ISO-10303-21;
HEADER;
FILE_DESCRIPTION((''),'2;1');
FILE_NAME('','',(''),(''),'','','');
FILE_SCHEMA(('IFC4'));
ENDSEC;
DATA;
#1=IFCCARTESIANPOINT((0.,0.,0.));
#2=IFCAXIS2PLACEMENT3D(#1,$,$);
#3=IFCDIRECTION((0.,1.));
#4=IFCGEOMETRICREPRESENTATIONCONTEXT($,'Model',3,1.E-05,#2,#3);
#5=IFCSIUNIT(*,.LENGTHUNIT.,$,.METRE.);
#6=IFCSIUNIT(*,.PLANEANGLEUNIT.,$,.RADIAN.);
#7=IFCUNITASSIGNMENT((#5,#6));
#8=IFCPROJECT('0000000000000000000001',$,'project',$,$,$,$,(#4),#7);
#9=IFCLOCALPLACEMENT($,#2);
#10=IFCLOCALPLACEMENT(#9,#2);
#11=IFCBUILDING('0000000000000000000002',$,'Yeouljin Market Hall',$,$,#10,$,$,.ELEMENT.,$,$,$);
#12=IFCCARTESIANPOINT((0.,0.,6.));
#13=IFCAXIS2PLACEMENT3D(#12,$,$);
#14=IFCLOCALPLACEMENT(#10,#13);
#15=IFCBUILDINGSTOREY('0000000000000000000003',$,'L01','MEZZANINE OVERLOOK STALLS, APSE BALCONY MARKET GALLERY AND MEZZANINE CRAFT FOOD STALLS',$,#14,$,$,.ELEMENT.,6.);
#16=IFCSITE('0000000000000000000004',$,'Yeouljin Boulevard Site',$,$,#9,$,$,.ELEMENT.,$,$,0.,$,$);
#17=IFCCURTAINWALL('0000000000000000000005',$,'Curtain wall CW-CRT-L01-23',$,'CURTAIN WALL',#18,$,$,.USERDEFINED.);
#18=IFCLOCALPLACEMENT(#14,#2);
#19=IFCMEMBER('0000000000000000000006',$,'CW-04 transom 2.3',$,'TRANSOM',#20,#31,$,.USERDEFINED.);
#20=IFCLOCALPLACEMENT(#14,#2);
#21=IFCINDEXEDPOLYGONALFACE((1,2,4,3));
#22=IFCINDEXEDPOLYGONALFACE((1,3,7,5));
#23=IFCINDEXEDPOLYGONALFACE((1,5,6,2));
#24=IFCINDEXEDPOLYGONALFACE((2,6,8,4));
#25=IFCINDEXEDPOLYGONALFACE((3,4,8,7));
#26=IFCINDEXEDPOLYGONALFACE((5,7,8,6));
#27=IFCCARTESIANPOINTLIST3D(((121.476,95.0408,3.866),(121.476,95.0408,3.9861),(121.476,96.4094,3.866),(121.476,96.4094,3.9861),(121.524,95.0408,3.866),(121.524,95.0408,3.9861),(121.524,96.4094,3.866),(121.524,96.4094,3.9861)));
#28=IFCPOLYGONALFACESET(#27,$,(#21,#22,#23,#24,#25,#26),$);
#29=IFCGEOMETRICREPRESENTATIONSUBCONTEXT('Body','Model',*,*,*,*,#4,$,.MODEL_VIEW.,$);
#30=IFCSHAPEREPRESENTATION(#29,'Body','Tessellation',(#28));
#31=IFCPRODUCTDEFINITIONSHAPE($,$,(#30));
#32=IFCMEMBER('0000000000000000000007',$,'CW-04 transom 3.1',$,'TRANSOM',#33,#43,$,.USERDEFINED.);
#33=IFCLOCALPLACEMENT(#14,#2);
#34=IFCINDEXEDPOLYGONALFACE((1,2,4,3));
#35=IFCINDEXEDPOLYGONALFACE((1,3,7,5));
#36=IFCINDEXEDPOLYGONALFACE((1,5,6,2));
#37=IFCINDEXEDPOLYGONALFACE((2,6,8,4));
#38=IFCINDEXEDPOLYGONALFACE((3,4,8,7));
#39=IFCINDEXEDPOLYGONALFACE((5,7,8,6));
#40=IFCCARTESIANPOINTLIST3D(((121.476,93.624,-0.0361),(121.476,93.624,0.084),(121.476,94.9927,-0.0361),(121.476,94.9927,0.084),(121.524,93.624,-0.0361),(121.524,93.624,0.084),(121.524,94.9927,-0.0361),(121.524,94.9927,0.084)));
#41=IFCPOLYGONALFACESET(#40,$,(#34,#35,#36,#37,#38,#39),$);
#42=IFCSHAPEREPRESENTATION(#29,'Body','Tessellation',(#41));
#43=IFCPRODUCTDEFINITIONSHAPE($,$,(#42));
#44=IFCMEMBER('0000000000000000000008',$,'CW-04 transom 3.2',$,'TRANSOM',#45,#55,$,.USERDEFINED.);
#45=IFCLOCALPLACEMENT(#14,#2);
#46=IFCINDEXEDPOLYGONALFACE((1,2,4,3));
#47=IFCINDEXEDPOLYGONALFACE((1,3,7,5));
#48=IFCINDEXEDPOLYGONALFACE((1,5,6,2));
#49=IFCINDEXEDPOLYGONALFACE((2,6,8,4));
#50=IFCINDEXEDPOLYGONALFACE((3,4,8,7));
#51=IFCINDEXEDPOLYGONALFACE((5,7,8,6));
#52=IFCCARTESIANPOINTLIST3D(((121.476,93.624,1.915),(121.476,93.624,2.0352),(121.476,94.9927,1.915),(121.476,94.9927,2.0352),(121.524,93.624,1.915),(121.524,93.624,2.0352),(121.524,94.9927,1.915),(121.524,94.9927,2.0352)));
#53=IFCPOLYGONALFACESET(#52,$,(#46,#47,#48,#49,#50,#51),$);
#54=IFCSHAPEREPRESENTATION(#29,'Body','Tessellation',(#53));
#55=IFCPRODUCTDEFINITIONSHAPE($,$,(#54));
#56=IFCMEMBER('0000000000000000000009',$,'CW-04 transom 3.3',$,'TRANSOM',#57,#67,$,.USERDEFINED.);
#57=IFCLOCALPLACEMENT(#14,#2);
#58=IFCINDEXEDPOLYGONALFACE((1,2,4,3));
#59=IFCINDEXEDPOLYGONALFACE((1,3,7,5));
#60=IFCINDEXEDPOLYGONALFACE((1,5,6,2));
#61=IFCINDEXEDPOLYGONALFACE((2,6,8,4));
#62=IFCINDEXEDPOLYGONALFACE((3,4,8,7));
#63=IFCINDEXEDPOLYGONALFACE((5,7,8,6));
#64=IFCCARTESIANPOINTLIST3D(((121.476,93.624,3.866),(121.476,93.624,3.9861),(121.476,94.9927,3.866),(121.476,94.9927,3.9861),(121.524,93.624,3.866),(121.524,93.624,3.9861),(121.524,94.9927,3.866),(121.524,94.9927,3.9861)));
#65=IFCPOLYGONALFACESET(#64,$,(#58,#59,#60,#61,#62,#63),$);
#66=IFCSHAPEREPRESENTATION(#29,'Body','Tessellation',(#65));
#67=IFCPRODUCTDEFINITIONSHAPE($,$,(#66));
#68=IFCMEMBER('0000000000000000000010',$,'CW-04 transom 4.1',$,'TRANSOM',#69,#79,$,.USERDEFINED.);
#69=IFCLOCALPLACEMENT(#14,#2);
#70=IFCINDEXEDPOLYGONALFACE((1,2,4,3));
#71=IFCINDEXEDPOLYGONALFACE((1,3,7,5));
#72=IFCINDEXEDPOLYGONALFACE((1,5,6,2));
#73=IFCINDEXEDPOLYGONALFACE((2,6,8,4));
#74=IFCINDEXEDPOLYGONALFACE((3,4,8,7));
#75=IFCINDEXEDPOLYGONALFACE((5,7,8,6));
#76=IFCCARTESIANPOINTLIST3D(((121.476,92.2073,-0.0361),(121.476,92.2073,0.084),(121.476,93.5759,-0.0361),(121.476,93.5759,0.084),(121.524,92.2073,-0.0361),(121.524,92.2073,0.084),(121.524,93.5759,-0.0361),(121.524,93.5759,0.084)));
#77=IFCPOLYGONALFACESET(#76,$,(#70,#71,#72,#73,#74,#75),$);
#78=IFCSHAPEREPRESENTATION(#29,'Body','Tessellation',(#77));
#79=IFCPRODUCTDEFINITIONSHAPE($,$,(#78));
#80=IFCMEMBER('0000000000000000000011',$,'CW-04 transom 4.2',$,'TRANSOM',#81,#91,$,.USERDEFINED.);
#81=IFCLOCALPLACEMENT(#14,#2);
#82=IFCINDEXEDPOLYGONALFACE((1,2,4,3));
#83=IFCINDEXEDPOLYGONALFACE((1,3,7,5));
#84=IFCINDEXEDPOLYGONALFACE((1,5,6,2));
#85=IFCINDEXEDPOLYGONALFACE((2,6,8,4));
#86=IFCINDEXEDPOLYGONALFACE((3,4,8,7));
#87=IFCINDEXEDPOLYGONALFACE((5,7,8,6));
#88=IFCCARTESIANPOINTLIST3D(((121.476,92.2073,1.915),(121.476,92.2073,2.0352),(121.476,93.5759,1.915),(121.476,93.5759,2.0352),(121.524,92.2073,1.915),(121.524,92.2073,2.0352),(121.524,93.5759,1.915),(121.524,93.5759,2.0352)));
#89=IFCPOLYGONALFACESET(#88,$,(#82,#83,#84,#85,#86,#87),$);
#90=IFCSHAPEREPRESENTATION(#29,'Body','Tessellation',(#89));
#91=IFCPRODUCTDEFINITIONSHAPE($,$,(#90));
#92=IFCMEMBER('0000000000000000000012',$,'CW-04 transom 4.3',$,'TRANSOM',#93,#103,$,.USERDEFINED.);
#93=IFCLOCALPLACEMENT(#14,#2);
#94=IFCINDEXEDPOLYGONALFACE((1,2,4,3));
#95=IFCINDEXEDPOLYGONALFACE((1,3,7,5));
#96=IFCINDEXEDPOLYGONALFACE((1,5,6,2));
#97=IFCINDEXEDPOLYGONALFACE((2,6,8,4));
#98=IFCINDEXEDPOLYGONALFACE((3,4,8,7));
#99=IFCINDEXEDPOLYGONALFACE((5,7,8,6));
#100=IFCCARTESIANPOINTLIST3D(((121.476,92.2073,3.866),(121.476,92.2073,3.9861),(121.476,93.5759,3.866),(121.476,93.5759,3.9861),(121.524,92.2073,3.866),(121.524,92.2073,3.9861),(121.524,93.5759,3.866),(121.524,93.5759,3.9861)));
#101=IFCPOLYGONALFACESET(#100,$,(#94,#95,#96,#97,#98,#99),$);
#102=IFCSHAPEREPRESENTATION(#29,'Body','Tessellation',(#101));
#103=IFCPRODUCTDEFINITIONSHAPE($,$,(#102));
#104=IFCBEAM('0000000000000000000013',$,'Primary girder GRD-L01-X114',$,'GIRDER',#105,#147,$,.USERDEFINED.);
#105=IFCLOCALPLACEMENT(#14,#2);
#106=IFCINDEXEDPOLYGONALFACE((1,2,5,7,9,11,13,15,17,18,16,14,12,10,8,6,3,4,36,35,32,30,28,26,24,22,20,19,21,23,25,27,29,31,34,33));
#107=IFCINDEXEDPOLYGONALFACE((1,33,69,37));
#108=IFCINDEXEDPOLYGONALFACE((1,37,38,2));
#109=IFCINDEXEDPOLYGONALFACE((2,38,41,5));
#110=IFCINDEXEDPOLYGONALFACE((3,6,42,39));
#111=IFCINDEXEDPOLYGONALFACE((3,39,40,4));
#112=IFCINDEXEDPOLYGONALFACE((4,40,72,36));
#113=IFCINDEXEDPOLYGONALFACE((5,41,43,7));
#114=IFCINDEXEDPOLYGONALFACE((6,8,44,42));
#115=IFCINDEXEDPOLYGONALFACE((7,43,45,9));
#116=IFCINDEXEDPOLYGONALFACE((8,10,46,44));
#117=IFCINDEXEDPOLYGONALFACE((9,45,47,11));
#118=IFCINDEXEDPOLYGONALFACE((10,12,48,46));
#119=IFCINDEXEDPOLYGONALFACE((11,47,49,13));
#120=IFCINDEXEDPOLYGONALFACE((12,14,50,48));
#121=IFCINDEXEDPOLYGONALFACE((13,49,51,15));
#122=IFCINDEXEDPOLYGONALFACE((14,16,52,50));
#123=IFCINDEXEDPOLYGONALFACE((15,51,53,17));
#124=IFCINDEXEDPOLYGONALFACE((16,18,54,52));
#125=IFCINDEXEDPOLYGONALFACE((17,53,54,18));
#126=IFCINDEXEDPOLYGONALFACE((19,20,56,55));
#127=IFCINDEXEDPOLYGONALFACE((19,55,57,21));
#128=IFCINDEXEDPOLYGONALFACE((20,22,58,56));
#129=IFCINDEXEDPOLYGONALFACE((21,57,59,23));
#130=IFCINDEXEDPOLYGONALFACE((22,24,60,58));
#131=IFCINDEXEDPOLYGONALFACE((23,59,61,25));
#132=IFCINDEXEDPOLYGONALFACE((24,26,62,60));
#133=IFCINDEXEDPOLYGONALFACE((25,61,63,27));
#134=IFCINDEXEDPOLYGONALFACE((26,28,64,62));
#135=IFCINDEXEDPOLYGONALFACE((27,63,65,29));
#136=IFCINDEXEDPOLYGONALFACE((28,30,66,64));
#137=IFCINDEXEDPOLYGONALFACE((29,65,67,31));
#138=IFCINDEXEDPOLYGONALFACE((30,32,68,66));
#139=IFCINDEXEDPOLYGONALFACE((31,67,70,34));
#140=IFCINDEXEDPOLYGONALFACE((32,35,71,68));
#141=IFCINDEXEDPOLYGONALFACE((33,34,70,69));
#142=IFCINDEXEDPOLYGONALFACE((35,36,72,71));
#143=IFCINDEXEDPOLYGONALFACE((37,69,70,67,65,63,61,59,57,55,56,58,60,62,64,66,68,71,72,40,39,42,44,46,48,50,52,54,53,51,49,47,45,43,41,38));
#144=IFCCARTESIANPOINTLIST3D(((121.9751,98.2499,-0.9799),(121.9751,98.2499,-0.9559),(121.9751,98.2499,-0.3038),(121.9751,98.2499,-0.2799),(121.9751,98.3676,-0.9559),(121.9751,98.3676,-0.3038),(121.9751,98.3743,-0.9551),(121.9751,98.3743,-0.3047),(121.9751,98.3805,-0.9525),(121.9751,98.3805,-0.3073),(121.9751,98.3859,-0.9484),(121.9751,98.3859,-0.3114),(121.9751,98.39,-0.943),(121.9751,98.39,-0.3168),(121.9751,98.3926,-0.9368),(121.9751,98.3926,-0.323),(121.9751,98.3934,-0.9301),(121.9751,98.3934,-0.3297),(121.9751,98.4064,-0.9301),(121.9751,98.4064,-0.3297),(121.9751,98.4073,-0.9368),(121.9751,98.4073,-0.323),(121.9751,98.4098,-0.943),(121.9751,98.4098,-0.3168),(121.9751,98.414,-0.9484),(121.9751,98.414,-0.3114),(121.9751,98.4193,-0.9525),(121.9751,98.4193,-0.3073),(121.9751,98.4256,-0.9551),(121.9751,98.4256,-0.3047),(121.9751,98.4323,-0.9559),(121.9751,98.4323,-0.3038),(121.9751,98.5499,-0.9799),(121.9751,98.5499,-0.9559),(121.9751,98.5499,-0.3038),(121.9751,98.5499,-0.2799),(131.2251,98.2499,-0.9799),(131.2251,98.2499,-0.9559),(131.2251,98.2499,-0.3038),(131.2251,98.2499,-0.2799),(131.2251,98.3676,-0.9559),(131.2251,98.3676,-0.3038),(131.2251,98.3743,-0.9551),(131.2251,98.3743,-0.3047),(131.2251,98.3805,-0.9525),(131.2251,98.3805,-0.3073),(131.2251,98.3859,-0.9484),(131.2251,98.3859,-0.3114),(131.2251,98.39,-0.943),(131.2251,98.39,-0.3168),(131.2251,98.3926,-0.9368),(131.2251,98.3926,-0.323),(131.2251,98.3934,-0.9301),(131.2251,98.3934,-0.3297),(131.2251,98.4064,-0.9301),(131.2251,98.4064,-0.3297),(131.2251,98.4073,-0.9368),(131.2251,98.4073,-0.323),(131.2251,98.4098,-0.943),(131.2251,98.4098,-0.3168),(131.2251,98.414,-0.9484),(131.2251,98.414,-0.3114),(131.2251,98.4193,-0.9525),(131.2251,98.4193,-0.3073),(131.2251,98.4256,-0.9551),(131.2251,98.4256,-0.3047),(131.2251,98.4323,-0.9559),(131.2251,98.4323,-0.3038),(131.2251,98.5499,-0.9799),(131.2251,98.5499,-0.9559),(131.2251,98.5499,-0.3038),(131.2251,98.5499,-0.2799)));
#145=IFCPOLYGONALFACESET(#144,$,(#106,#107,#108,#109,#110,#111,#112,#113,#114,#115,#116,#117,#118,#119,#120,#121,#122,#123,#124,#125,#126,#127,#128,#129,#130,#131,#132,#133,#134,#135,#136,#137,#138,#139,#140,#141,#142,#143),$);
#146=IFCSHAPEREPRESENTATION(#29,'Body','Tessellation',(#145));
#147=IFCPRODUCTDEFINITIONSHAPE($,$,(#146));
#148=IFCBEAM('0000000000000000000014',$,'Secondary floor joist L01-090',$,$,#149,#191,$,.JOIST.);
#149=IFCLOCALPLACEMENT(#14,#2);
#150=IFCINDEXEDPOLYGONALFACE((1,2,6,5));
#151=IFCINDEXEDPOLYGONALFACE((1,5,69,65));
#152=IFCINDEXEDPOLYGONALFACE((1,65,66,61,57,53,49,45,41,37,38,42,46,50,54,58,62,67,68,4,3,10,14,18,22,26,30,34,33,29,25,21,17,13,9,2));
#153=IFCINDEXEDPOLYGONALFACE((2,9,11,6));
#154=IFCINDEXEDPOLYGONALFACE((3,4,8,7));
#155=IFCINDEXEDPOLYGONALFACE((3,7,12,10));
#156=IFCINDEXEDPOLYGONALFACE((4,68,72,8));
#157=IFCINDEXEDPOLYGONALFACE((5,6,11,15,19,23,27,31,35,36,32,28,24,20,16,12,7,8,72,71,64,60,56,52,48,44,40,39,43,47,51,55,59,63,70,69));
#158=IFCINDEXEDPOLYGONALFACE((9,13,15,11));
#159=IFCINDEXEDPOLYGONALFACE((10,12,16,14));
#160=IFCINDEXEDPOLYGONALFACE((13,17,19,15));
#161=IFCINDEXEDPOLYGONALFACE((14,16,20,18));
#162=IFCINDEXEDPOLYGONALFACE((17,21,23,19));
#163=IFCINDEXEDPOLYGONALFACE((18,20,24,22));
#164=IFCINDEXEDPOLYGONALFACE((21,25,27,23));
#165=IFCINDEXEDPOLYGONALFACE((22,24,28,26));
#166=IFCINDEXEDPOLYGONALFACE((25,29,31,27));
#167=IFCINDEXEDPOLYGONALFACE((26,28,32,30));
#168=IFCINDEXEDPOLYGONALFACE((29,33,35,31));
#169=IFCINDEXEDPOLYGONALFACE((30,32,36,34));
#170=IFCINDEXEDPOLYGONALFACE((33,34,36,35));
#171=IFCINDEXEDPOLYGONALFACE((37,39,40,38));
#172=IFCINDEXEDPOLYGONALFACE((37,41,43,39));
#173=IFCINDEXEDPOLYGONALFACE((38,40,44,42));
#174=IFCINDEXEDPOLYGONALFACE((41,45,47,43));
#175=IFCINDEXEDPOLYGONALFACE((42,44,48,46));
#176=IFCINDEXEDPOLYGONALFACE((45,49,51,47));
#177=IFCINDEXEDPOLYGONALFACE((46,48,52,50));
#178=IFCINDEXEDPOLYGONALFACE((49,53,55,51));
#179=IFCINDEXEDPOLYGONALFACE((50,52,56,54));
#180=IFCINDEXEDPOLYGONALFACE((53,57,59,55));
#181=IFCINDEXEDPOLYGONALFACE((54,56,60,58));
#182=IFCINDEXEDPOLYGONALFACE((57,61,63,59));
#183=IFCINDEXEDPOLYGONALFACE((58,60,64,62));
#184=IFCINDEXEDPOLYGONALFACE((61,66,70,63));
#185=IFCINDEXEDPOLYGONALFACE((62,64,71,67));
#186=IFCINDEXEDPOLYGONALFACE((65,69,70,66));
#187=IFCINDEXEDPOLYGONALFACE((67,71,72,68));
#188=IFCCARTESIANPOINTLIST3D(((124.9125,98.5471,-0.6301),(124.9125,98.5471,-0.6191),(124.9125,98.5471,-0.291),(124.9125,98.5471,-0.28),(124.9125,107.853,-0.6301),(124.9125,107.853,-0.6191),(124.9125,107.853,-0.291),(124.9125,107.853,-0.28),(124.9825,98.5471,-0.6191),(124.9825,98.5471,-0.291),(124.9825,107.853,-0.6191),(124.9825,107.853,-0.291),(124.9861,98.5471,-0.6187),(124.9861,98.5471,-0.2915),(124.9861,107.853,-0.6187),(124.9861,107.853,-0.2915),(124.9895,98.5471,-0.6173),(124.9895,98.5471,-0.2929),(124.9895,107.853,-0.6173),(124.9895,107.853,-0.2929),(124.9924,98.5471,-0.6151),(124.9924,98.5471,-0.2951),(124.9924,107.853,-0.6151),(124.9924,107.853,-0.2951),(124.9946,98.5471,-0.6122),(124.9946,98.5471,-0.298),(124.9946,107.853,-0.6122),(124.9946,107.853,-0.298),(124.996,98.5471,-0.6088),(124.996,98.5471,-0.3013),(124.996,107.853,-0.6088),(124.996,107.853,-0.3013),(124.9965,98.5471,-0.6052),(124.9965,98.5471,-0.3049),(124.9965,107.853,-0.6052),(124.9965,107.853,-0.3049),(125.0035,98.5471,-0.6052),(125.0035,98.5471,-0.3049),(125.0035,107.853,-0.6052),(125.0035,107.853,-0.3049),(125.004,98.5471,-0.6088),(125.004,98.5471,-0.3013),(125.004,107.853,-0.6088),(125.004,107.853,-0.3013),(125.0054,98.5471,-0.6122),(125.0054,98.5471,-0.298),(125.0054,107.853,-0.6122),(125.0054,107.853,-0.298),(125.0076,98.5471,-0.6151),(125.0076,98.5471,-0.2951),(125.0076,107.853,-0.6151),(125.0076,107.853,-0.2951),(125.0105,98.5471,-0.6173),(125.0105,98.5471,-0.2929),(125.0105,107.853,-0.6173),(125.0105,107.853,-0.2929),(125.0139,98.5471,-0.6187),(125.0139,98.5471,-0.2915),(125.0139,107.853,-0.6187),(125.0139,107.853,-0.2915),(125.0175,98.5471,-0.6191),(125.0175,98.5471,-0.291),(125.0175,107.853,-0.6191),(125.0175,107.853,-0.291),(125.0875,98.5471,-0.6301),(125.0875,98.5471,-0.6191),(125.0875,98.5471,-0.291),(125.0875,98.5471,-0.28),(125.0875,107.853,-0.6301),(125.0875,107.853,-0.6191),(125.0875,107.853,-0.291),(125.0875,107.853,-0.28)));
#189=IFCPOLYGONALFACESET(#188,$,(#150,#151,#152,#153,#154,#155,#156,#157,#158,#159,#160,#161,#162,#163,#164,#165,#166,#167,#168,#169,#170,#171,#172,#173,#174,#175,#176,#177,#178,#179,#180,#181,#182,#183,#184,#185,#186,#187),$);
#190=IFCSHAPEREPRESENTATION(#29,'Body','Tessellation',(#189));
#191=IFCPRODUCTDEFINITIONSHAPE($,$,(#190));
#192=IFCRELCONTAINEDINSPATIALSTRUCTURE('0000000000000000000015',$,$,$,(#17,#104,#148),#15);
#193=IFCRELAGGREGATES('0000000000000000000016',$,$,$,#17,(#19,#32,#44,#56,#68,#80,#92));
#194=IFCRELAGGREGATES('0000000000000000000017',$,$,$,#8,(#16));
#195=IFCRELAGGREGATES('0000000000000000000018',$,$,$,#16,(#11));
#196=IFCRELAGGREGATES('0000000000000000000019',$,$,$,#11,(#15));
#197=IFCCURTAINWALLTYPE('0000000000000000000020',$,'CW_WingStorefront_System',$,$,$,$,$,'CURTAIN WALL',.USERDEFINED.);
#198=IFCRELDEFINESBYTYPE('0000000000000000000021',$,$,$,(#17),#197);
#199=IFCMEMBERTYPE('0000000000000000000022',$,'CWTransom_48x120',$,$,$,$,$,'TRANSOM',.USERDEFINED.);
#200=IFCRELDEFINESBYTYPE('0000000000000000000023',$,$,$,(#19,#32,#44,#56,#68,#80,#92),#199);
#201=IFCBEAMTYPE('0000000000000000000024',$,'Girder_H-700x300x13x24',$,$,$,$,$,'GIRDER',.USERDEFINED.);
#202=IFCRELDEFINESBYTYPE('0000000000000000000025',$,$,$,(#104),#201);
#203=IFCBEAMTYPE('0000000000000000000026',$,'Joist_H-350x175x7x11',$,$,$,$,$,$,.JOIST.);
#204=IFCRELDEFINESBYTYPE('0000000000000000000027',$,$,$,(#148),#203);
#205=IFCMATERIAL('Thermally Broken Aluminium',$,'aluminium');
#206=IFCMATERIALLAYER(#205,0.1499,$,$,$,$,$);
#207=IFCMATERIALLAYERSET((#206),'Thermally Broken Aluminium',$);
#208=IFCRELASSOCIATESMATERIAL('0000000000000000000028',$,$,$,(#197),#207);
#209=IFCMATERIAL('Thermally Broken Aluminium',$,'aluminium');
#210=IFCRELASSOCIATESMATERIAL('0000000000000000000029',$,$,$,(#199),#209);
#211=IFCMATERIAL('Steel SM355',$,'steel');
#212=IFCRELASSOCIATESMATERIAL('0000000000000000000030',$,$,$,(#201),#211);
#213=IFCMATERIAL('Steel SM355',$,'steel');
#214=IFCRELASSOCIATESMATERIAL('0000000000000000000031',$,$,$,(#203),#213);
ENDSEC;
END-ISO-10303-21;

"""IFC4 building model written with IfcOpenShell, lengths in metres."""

from ifc_helpers import new_model, si_unit, direction, frame, origin, origin_2d, place, context, subcontext, project, spatial, rectangle, i_section, extrude, material, layer, layer_set, material_profile, profile_set, type_object, element, aggregate, save


model = new_model("IFC4")

# Units and contexts
model_context = context("Model", 3, precision=1e-05, world=origin(), true_north=direction((0.0, 1.0)))
body_context = subcontext(model_context, "Body", "Model", "MODEL_VIEW")
ifc_project = project(units=[si_unit("LENGTHUNIT", "METRE"), si_unit("PLANEANGLEUNIT", "RADIAN")], contexts=[model_context])

# Site, building, storey
site_placement = place(None, origin())
site = spatial("IfcSite", under=ifc_project, at=site_placement, Name="Yeouljin Boulevard Site", CompositionType="ELEMENT", RefElevation=0.0)
building_placement = place(site_placement, origin())
building = spatial("IfcBuilding", under=site, at=building_placement, Name="Yeouljin Market Hall", CompositionType="ELEMENT")
storey_placement = place(building_placement, frame((0.0, 0.0, 6.0)))
storey = spatial("IfcBuildingStorey", under=building, at=storey_placement, Name="L01", Description="MEZZANINE OVERLOOK STALLS, APSE BALCONY MARKET GALLERY AND MEZZANINE CRAFT FOOD STALLS", CompositionType="ELEMENT", Elevation=6.0)

# Curtain wall, members
ifc_material_1 = material(Name="Thermally Broken Aluminium", Category="aluminium")
ifc_layer_1 = layer(ifc_material_1, 0.1499)
ifc_layer_set_1 = layer_set([ifc_layer_1], Name="Thermally Broken Aluminium")
curtain_wall_type = type_object("IfcCurtainWallType", Name="CW_WingStorefront_System", ElementType="CURTAIN WALL", PredefinedType="USERDEFINED", material=ifc_layer_set_1)
curtain_wall_placement = place(storey_placement, origin())
curtain_wall = element("IfcCurtainWall", 1, at=curtain_wall_placement, inside=storey, type_object=curtain_wall_type, Name="Curtain wall CW-CRT-L01-23", ObjectType="CURTAIN WALL", PredefinedType="USERDEFINED")
ifc_material_2 = material(Name="Thermally Broken Aluminium", Category="aluminium")
ifc_material_profile_1 = material_profile(ifc_material_2, rectangle(XDim=0.0481, YDim=0.1201, at=origin_2d()), Name="CW-TRAN-48x120")
ifc_profile_set_1 = profile_set([ifc_material_profile_1], Name="Thermally Broken Aluminium")
member_type_1 = type_object("IfcMemberType", Name="CWTransom_48x120", ElementType="TRANSOM", PredefinedType="USERDEFINED", material=ifc_profile_set_1)
member_1_placement = place(storey_placement, frame((121.5, 96.4094, 3.926), z_axis=(0.0, -1.0, 0.0), x_axis=(1.0, 0.0, 0.0)))
member_1 = element("IfcMember", 2, at=member_1_placement, type_object=member_type_1, Name="CW-04 transom 2.3", ObjectType="TRANSOM", PredefinedType="USERDEFINED", context=body_context, shape_type="SweptSolid", body=[
    extrude(rectangle(XDim=0.0481, YDim=0.1201, at=origin_2d()), origin(), (0.0, 0.0, 1.0), 1.3687),
])
member_2_placement = place(storey_placement, frame((121.5, 94.9927, 0.0239), z_axis=(0.0, -1.0, 0.0), x_axis=(1.0, 0.0, 0.0)))
member_2 = element("IfcMember", 3, at=member_2_placement, type_object=member_type_1, Name="CW-04 transom 3.1", ObjectType="TRANSOM", PredefinedType="USERDEFINED", context=body_context, shape_type="SweptSolid", body=[
    extrude(rectangle(XDim=0.0481, YDim=0.1201, at=origin_2d()), origin(), (0.0, 0.0, 1.0), 1.3687),
])
member_3_placement = place(storey_placement, frame((121.5, 94.9927, 1.9751), z_axis=(0.0, -1.0, 0.0), x_axis=(1.0, 0.0, 0.0)))
member_3 = element("IfcMember", 4, at=member_3_placement, type_object=member_type_1, Name="CW-04 transom 3.2", ObjectType="TRANSOM", PredefinedType="USERDEFINED", context=body_context, shape_type="SweptSolid", body=[
    extrude(rectangle(XDim=0.0481, YDim=0.1201, at=origin_2d()), origin(), (0.0, 0.0, 1.0), 1.3687),
])
member_4_placement = place(storey_placement, frame((121.5, 94.9927, 3.926), z_axis=(0.0, -1.0, 0.0), x_axis=(1.0, 0.0, 0.0)))
member_4 = element("IfcMember", 5, at=member_4_placement, type_object=member_type_1, Name="CW-04 transom 3.3", ObjectType="TRANSOM", PredefinedType="USERDEFINED", context=body_context, shape_type="SweptSolid", body=[
    extrude(rectangle(XDim=0.0481, YDim=0.1201, at=origin_2d()), origin(), (0.0, 0.0, 1.0), 1.3687),
])
member_5_placement = place(storey_placement, frame((121.5, 93.5759, 0.0239), z_axis=(0.0, -1.0, 0.0), x_axis=(1.0, 0.0, 0.0)))
member_5 = element("IfcMember", 6, at=member_5_placement, type_object=member_type_1, Name="CW-04 transom 4.1", ObjectType="TRANSOM", PredefinedType="USERDEFINED", context=body_context, shape_type="SweptSolid", body=[
    extrude(rectangle(XDim=0.0481, YDim=0.1201, at=origin_2d()), origin(), (0.0, 0.0, 1.0), 1.3687),
])
member_6_placement = place(storey_placement, frame((121.5, 93.5759, 1.9751), z_axis=(0.0, -1.0, 0.0), x_axis=(1.0, 0.0, 0.0)))
member_6 = element("IfcMember", 7, at=member_6_placement, type_object=member_type_1, Name="CW-04 transom 4.2", ObjectType="TRANSOM", PredefinedType="USERDEFINED", context=body_context, shape_type="SweptSolid", body=[
    extrude(rectangle(XDim=0.0481, YDim=0.1201, at=origin_2d()), origin(), (0.0, 0.0, 1.0), 1.3687),
])
member_7_placement = place(storey_placement, frame((121.5, 93.5759, 3.926), z_axis=(0.0, -1.0, 0.0), x_axis=(1.0, 0.0, 0.0)))
member_7 = element("IfcMember", 8, at=member_7_placement, type_object=member_type_1, Name="CW-04 transom 4.3", ObjectType="TRANSOM", PredefinedType="USERDEFINED", context=body_context, shape_type="SweptSolid", body=[
    extrude(rectangle(XDim=0.0481, YDim=0.1201, at=origin_2d()), origin(), (0.0, 0.0, 1.0), 1.3687),
])

# Beams
ifc_material_3 = material(Name="Steel SM355", Category="steel")
ifc_material_profile_2 = material_profile(ifc_material_3, i_section(OverallWidth=0.3, OverallDepth=0.7, WebThickness=0.0129, FlangeThickness=0.0239, FilletRadius=0.0259, at=origin_2d()), Name="H-700x300x13x24")
ifc_profile_set_2 = profile_set([ifc_material_profile_2], Name="Steel SM355")
beam_type_1 = type_object("IfcBeamType", Name="Girder_H-700x300x13x24", ElementType="GIRDER", PredefinedType="USERDEFINED", material=ifc_profile_set_2)
beam_1_placement = place(storey_placement, frame((121.9751, 98.3999, -0.6299), z_axis=(1.0, 0.0, 0.0), x_axis=(0.0, 1.0, 0.0)))
element("IfcBeam", 9, at=beam_1_placement, inside=storey, type_object=beam_type_1, Name="Primary girder GRD-L01-X114", ObjectType="GIRDER", PredefinedType="USERDEFINED", context=body_context, shape_type="SweptSolid", body=[
    extrude(i_section(OverallWidth=0.3, OverallDepth=0.7, WebThickness=0.0129, FlangeThickness=0.0239, FilletRadius=0.0259, at=origin_2d()), origin(), (0.0, 0.0, 1.0), 9.25),
])
ifc_material_4 = material(Name="Steel SM355", Category="steel")
ifc_material_profile_3 = material_profile(ifc_material_4, i_section(OverallWidth=0.175, OverallDepth=0.3501, WebThickness=0.0071, FlangeThickness=0.011, FilletRadius=0.0139, at=origin_2d()), Name="H-350x175x7x11")
ifc_profile_set_3 = profile_set([ifc_material_profile_3], Name="Steel SM355")
beam_type_2 = type_object("IfcBeamType", Name="Joist_H-350x175x7x11", PredefinedType="JOIST", material=ifc_profile_set_3)
beam_2_placement = place(storey_placement, frame((125.0, 98.5471, -0.4551), z_axis=(0.0, 1.0, 0.0), x_axis=(-1.0, 0.0, 0.0)))
element("IfcBeam", 10, at=beam_2_placement, inside=storey, type_object=beam_type_2, Name="Secondary floor joist L01-090", PredefinedType="JOIST", context=body_context, shape_type="SweptSolid", body=[
    extrude(i_section(OverallWidth=0.175, OverallDepth=0.3501, WebThickness=0.0071, FlangeThickness=0.011, FilletRadius=0.0139, at=origin_2d()), origin(), (0.0, 0.0, 1.0), 9.3059),
])

aggregate(curtain_wall, [member_1, member_2, member_3, member_4, member_5, member_6, member_7])

save(model, "model.ifc")
